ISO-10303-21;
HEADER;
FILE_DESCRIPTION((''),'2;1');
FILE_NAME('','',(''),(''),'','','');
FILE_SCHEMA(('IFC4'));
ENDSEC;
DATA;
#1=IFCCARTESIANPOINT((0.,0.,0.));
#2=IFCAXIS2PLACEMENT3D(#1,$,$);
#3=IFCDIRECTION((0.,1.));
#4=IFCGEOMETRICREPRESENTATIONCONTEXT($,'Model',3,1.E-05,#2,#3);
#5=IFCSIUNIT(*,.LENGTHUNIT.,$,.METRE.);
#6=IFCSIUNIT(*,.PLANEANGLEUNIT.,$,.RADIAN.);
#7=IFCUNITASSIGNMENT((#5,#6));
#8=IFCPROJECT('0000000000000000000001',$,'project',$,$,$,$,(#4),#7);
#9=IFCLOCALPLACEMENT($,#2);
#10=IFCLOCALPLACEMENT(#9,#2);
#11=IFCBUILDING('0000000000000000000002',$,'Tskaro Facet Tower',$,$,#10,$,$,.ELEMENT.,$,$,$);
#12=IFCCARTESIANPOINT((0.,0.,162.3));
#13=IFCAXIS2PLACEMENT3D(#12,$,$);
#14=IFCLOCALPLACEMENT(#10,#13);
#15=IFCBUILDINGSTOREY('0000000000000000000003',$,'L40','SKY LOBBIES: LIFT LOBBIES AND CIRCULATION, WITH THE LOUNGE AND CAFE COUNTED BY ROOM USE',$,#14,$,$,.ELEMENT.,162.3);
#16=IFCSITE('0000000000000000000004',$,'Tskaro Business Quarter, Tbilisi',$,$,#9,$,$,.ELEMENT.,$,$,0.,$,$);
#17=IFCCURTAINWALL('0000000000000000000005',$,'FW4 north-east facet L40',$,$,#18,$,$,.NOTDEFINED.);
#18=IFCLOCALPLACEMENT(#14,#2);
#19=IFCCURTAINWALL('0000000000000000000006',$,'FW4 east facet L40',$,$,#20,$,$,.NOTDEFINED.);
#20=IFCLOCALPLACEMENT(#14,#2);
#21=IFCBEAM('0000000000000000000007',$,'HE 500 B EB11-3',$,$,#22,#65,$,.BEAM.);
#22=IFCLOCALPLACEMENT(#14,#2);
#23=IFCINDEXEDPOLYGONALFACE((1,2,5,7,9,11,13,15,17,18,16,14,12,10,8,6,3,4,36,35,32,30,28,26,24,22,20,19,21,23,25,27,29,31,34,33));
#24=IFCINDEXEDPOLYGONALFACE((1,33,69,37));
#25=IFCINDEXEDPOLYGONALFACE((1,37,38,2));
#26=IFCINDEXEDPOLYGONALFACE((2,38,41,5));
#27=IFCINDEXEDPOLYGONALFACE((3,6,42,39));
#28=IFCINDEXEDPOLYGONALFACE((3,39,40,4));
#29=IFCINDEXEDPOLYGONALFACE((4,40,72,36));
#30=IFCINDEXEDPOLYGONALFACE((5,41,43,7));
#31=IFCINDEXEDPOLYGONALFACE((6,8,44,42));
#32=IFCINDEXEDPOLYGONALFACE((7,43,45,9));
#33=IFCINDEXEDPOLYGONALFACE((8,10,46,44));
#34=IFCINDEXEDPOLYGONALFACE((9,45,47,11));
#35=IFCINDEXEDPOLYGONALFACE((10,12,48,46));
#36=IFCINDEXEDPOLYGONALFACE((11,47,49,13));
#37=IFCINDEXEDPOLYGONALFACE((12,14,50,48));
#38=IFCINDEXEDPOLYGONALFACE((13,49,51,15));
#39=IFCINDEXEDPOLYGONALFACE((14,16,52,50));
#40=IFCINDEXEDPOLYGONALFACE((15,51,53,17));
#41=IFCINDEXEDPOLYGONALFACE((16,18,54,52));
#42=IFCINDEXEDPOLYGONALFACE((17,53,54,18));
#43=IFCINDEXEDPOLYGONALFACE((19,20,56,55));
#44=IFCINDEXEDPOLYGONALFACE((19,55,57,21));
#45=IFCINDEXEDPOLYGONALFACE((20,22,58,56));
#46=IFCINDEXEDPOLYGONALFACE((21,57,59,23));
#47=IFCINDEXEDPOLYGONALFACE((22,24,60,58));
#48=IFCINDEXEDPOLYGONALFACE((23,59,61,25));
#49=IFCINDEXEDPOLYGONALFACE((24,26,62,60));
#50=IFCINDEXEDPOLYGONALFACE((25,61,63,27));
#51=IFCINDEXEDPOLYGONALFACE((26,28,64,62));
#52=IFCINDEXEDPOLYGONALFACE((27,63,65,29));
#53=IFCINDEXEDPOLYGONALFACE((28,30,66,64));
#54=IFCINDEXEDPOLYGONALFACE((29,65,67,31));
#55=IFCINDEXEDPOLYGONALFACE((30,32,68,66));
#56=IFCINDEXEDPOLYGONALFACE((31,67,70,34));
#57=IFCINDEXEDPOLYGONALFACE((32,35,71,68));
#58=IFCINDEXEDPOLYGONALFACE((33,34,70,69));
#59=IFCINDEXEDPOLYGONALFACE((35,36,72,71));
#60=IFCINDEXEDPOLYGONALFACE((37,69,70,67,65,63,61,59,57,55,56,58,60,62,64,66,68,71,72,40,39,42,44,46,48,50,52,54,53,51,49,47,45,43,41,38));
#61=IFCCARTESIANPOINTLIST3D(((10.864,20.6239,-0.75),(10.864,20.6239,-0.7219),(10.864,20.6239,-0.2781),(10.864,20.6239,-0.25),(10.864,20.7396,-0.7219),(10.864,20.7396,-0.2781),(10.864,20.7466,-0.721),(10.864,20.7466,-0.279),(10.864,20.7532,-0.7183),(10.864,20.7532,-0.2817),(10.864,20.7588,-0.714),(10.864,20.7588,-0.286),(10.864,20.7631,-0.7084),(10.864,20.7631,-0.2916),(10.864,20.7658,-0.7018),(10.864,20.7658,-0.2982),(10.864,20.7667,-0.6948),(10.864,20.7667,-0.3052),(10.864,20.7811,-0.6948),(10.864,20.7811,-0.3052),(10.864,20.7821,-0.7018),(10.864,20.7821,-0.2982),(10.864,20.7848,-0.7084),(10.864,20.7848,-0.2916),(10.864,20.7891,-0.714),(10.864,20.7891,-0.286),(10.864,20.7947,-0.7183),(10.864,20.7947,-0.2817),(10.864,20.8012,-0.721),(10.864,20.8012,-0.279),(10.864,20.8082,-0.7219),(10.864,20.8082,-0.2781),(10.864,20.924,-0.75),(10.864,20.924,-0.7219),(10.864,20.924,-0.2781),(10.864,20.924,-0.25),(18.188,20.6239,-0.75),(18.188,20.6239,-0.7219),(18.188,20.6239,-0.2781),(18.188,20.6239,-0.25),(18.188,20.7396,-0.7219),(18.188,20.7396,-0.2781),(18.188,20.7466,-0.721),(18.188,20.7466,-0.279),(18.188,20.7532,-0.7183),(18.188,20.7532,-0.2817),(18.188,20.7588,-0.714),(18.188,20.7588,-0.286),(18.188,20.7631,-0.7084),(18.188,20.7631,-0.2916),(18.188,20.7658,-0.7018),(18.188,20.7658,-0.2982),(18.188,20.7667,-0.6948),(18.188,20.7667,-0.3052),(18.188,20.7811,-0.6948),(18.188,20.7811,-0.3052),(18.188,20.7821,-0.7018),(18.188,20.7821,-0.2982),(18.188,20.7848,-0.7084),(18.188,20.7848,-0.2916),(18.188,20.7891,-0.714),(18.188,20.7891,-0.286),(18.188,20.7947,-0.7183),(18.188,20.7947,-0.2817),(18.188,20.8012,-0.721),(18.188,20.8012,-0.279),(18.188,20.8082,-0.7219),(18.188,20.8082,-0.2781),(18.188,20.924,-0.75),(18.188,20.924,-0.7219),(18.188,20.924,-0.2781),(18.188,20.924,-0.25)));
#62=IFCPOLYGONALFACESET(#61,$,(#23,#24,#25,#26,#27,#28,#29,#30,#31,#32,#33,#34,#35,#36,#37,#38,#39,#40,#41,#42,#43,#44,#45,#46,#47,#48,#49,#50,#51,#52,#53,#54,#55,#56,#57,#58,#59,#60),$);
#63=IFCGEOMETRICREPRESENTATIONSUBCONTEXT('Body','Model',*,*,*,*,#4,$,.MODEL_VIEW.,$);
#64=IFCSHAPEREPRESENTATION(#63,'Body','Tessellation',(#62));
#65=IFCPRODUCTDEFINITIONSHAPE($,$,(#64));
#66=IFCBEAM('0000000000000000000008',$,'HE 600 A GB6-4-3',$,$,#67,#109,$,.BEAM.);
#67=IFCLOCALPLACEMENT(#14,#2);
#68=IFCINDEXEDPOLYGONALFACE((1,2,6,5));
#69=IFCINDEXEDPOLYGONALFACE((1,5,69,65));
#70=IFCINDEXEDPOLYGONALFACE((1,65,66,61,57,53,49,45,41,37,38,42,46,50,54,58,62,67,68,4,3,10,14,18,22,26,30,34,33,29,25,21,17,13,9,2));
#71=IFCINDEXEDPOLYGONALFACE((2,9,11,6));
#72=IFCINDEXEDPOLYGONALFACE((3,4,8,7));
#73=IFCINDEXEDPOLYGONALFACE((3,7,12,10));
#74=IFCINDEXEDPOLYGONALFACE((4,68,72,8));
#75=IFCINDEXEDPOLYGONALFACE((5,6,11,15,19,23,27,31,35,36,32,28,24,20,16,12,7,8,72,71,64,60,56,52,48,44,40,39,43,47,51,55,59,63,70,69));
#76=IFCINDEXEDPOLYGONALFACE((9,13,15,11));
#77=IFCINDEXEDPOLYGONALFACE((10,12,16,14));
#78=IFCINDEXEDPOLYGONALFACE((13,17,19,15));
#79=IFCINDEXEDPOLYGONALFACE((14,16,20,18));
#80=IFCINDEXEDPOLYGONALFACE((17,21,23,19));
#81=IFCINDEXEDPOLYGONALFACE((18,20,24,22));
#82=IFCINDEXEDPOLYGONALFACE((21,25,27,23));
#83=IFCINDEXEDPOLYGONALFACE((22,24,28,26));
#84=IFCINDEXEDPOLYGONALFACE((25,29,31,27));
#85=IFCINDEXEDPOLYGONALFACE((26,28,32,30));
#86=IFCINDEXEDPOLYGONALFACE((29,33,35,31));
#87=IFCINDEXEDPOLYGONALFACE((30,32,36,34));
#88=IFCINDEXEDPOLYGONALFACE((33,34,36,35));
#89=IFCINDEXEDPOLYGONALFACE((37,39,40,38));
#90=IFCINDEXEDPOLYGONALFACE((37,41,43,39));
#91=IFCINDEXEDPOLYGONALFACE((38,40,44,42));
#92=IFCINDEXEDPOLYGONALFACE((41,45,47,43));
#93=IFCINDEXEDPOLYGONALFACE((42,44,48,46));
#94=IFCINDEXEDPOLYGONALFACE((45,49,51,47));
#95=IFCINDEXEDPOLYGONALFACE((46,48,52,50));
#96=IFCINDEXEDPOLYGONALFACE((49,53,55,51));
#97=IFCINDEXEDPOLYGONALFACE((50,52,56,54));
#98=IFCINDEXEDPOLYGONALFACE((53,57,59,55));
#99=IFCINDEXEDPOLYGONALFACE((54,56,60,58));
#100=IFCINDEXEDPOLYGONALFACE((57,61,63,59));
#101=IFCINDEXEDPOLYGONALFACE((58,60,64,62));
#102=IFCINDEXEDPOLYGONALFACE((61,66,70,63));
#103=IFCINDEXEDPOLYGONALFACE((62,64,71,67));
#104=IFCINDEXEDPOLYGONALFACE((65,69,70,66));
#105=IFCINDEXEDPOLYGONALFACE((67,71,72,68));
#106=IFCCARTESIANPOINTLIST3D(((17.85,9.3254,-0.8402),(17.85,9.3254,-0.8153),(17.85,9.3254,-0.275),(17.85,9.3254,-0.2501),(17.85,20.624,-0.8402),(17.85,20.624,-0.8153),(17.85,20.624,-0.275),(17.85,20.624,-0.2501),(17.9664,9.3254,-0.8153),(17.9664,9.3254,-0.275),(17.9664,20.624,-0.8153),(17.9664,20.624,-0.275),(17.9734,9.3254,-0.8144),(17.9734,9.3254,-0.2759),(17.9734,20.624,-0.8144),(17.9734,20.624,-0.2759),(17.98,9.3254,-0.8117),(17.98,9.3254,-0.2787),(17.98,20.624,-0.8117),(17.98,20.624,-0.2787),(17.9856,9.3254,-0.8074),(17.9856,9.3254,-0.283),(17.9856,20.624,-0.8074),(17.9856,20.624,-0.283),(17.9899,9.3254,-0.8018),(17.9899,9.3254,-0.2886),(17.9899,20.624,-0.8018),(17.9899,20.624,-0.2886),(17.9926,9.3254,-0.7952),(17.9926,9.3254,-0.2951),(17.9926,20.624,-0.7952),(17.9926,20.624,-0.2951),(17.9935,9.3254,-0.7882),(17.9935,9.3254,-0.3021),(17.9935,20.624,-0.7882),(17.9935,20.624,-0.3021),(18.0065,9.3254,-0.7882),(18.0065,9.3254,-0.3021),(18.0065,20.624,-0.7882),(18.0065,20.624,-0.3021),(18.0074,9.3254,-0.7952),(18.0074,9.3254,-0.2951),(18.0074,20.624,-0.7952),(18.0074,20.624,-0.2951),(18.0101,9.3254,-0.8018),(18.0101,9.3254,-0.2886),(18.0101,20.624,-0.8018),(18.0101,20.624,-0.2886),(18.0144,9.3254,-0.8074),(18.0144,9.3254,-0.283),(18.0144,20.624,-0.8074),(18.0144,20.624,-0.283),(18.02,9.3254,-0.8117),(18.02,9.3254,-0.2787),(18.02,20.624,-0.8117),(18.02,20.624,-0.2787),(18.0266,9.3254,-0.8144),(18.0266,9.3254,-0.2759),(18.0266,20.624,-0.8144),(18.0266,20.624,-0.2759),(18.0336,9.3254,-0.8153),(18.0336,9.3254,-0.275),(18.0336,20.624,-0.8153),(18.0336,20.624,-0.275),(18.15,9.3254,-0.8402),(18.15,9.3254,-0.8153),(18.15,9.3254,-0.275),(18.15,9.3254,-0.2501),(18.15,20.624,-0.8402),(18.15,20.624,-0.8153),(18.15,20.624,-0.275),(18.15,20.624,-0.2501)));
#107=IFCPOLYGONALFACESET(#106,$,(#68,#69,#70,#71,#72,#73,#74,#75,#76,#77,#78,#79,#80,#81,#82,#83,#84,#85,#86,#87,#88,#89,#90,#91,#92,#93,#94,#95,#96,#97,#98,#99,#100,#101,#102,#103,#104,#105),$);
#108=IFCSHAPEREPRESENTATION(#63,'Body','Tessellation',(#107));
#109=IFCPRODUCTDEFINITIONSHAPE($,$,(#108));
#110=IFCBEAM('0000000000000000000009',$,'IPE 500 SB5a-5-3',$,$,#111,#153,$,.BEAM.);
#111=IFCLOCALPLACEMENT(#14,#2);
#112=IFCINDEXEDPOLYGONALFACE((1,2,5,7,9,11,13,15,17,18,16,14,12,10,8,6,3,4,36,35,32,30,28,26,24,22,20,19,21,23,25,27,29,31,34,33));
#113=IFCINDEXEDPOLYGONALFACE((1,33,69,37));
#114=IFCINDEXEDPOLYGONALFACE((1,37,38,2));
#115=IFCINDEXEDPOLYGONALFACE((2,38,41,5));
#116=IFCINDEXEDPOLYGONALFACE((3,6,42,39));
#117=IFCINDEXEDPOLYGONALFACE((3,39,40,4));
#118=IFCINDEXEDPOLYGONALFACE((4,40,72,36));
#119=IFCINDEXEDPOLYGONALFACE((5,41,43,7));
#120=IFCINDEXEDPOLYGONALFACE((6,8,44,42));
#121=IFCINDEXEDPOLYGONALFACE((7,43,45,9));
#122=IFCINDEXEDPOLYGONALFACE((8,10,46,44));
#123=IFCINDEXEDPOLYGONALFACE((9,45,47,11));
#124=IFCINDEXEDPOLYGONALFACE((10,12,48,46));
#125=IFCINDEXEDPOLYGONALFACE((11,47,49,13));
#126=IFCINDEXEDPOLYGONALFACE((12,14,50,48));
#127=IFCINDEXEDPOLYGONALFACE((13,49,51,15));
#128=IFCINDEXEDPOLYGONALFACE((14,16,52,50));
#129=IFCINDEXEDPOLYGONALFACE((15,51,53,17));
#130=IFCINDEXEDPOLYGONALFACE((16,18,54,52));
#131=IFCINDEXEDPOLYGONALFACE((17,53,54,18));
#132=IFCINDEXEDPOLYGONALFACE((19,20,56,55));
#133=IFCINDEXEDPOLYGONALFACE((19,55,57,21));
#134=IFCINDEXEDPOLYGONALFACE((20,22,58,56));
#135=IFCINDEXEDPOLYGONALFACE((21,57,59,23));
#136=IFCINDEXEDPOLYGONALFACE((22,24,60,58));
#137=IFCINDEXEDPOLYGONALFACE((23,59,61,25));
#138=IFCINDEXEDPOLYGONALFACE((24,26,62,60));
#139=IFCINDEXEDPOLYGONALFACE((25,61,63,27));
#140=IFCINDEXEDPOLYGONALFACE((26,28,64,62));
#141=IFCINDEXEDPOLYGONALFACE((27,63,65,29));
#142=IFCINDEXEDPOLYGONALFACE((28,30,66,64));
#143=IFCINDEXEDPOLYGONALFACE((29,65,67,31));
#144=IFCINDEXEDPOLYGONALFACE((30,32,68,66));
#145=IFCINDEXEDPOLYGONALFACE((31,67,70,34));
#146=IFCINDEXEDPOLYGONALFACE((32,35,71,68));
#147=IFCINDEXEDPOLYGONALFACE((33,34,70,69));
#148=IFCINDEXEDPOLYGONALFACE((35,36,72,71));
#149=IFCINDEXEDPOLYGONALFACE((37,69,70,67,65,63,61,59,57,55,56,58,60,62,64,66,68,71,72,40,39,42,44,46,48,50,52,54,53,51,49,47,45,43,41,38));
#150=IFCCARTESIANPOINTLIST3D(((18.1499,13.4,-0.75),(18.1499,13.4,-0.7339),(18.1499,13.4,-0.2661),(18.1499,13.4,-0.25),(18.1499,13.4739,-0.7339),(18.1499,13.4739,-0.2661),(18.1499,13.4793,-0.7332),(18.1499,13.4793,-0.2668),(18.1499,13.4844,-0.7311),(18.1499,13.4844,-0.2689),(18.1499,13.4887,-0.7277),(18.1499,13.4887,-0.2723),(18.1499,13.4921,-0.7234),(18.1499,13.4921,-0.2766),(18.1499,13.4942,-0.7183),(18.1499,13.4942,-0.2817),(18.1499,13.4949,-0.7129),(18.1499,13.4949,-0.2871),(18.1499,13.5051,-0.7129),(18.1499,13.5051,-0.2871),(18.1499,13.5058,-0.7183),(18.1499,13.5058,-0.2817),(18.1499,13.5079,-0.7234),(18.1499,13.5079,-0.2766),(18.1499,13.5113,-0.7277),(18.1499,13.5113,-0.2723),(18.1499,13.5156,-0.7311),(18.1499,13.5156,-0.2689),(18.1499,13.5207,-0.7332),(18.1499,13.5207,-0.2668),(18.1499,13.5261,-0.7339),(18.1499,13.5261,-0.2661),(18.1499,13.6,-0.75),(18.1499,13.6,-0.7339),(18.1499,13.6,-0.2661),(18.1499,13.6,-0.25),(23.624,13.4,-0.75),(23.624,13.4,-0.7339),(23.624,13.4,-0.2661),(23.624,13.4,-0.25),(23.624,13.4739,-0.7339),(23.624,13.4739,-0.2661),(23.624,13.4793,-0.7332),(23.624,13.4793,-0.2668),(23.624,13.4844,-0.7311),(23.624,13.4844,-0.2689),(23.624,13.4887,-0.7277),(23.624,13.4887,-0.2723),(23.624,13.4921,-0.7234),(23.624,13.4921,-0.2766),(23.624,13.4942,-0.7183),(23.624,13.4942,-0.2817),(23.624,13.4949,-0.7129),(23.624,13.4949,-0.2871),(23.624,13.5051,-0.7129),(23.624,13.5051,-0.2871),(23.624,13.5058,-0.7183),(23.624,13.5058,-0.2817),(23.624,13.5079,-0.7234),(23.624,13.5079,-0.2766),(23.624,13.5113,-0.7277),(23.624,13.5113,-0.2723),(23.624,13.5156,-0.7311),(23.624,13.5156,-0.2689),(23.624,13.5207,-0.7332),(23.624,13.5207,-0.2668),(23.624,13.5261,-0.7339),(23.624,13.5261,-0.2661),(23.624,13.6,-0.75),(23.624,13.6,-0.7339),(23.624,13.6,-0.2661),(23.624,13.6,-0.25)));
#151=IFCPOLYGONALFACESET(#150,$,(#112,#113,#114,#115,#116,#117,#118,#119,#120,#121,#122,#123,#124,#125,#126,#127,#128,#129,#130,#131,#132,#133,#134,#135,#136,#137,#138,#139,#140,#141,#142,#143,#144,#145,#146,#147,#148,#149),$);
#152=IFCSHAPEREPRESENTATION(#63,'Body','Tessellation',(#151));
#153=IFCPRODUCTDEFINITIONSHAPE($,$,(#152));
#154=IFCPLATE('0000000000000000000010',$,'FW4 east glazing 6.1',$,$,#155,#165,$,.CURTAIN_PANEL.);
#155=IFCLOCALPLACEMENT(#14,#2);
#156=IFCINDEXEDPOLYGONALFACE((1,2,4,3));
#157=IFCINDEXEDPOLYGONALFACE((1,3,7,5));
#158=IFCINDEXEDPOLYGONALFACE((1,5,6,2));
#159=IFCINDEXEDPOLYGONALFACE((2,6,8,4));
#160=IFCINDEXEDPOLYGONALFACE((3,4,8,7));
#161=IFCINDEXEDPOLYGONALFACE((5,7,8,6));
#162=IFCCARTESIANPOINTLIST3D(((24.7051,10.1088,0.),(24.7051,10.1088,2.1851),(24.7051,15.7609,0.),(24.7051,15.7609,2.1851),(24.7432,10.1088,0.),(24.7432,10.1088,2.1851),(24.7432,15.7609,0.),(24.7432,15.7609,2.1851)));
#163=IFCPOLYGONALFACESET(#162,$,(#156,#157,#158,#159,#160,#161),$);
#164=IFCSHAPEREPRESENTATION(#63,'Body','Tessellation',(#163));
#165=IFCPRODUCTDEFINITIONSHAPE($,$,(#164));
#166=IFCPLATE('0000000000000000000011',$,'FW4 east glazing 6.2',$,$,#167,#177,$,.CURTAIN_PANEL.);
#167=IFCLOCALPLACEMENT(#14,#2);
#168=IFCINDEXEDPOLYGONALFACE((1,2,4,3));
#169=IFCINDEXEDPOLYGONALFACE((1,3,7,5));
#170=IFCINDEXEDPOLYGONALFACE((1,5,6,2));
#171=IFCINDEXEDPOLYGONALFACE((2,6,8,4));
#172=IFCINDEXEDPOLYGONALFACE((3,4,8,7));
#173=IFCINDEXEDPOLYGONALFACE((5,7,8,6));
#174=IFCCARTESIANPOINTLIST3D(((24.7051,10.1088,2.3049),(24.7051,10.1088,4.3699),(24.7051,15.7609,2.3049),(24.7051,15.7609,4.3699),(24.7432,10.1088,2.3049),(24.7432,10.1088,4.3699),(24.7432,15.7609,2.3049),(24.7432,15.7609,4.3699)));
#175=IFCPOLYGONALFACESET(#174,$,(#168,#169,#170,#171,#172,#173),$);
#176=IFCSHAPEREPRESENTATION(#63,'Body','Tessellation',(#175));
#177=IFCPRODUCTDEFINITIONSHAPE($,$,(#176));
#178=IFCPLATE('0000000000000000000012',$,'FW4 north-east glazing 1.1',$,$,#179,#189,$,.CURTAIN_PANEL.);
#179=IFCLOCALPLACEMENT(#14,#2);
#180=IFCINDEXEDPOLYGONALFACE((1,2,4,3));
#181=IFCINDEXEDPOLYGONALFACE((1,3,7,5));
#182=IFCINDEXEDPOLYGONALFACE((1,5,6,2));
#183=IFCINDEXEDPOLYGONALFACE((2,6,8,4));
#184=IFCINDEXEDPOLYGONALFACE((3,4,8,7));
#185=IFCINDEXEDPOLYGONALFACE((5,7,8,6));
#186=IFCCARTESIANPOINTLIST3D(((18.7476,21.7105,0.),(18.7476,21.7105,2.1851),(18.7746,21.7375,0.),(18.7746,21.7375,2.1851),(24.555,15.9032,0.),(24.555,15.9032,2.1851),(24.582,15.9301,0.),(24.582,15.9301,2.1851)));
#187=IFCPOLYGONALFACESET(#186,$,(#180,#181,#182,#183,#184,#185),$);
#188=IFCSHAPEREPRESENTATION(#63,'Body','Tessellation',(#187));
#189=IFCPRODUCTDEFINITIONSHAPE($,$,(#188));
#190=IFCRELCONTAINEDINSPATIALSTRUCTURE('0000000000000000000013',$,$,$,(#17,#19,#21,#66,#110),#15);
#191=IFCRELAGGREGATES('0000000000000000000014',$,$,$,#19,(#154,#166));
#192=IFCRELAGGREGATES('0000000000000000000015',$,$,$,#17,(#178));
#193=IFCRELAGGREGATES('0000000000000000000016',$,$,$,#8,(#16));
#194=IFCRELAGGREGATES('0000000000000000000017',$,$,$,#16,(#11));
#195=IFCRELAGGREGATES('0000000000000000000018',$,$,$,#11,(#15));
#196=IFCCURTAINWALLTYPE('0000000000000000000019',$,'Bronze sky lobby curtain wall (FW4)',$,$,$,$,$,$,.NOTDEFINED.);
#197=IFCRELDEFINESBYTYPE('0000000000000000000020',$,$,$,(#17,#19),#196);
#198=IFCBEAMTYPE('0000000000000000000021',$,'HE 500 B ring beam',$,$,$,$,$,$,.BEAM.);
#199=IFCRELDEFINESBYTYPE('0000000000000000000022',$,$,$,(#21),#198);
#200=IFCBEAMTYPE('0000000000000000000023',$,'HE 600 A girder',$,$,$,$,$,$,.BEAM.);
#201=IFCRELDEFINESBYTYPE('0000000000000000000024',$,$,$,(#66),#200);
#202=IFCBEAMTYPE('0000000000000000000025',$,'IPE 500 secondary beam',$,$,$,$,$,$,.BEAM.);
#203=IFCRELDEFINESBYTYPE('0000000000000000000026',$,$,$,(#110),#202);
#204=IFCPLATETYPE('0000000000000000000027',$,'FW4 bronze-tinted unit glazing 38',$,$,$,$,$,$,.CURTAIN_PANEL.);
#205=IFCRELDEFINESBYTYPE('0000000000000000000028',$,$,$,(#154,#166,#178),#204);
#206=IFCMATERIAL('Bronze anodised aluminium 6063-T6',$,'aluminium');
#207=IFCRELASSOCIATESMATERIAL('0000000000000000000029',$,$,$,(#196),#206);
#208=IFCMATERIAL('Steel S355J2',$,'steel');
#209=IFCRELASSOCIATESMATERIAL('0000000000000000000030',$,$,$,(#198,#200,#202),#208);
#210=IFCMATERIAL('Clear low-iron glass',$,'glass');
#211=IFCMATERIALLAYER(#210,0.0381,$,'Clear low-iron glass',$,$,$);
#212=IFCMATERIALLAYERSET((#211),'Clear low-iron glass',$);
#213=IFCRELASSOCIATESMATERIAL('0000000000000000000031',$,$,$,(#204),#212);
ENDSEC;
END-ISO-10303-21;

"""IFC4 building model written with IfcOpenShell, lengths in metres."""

from ifc_helpers import new_model, si_unit, direction, frame, origin, origin_2d, place, context, subcontext, project, spatial, rectangle, i_section, extrude, material, layer, layer_set, material_profile, profile_set, type_object, element, aggregate, save


model = new_model("IFC4")

# Units and contexts
model_context = context("Model", 3, precision=1e-05, world=origin(), true_north=direction((0.0, 1.0)))
body_context = subcontext(model_context, "Body", "Model", "MODEL_VIEW")
ifc_project = project(units=[si_unit("LENGTHUNIT", "METRE"), si_unit("PLANEANGLEUNIT", "RADIAN")], contexts=[model_context])

# Site, building, storey
site_placement = place(None, origin())
site = spatial("IfcSite", under=ifc_project, at=site_placement, Name="Tskaro Business Quarter, Tbilisi", CompositionType="ELEMENT", RefElevation=0.0)
building_placement = place(site_placement, origin())
building = spatial("IfcBuilding", under=site, at=building_placement, Name="Tskaro Facet Tower", CompositionType="ELEMENT")
storey_placement = place(building_placement, frame((0.0, 0.0, 162.3)))
storey = spatial("IfcBuildingStorey", under=building, at=storey_placement, Name="L40", Description="SKY LOBBIES: LIFT LOBBIES AND CIRCULATION, WITH THE LOUNGE AND CAFE COUNTED BY ROOM USE", CompositionType="ELEMENT", Elevation=162.3)

# Curtain walls
ifc_material_1 = material(Name="Bronze anodised aluminium 6063-T6", Category="aluminium")
curtain_wall_type = type_object("IfcCurtainWallType", Name="Bronze sky lobby curtain wall (FW4)", PredefinedType="NOTDEFINED", material=ifc_material_1)
curtain_wall_1_placement = place(storey_placement, origin())
curtain_wall_1 = element("IfcCurtainWall", 1, at=curtain_wall_1_placement, inside=storey, type_object=curtain_wall_type, Name="FW4 north-east facet L40", PredefinedType="NOTDEFINED")
curtain_wall_2_placement = place(storey_placement, origin())
curtain_wall_2 = element("IfcCurtainWall", 2, at=curtain_wall_2_placement, inside=storey, type_object=curtain_wall_type, Name="FW4 east facet L40", PredefinedType="NOTDEFINED")

# Beams
ifc_material_2 = material(Name="Steel S355J2", Category="steel")
ifc_material_profile_1 = material_profile(ifc_material_2, i_section(OverallWidth=0.3, OverallDepth=0.5, WebThickness=0.0144, FlangeThickness=0.0281, FilletRadius=0.0271, at=origin_2d()), Name="HE 500 B")
ifc_profile_set_1 = profile_set([ifc_material_profile_1], Name="Steel S355J2")
beam_type_1 = type_object("IfcBeamType", Name="HE 500 B ring beam", PredefinedType="BEAM", material=ifc_profile_set_1)
beam_1_placement = place(storey_placement, frame((18.188, 20.7739, -0.5), z_axis=(-1.0, 0.0, 0.0), x_axis=(0.0, -1.0, 0.0)))
element("IfcBeam", 3, at=beam_1_placement, inside=storey, type_object=beam_type_1, Name="HE 500 B EB11-3", PredefinedType="BEAM", context=body_context, shape_type="SweptSolid", body=[
    extrude(i_section(OverallWidth=0.3, OverallDepth=0.5, WebThickness=0.0144, FlangeThickness=0.0281, FilletRadius=0.0271, at=origin_2d()), origin(), (0.0, 0.0, 1.0), 7.324),
])
ifc_material_profile_2 = material_profile(ifc_material_2, i_section(OverallWidth=0.3, OverallDepth=0.5901, WebThickness=0.0129, FlangeThickness=0.0249, FilletRadius=0.0271, at=origin_2d()), Name="HE 600 A")
ifc_profile_set_2 = profile_set([ifc_material_profile_2], Name="Steel S355J2")
beam_type_2 = type_object("IfcBeamType", Name="HE 600 A girder", PredefinedType="BEAM", material=ifc_profile_set_2)
beam_2_placement = place(storey_placement, frame((18.0, 9.3254, -0.5452), z_axis=(0.0, 1.0, 0.0), x_axis=(-1.0, 0.0, 0.0)))
element("IfcBeam", 4, at=beam_2_placement, inside=storey, type_object=beam_type_2, Name="HE 600 A GB6-4-3", PredefinedType="BEAM", context=body_context, shape_type="SweptSolid", body=[
    extrude(i_section(OverallWidth=0.3, OverallDepth=0.5901, WebThickness=0.0129, FlangeThickness=0.0249, FilletRadius=0.0271, at=origin_2d()), origin(), (0.0, 0.0, 1.0), 11.2986),
])
ifc_material_profile_3 = material_profile(ifc_material_2, i_section(OverallWidth=0.2, OverallDepth=0.5, WebThickness=0.0103, FlangeThickness=0.0161, FilletRadius=0.021, at=origin_2d()), Name="IPE 500")
ifc_profile_set_3 = profile_set([ifc_material_profile_3], Name="Steel S355J2")
beam_type_3 = type_object("IfcBeamType", Name="IPE 500 secondary beam", PredefinedType="BEAM", material=ifc_profile_set_3)
beam_3_placement = place(storey_placement, frame((18.1499, 13.5, -0.5), z_axis=(1.0, 0.0, 0.0), x_axis=(0.0, 1.0, 0.0)))
element("IfcBeam", 5, at=beam_3_placement, inside=storey, type_object=beam_type_3, Name="IPE 500 SB5a-5-3", PredefinedType="BEAM", context=body_context, shape_type="SweptSolid", body=[
    extrude(i_section(OverallWidth=0.2, OverallDepth=0.5, WebThickness=0.0103, FlangeThickness=0.0161, FilletRadius=0.021, at=origin_2d()), origin(), (0.0, 0.0, 1.0), 5.4741),
])

# Plates
ifc_material_3 = material(Name="Clear low-iron glass", Category="glass")
ifc_layer = layer(ifc_material_3, 0.0381, Name="Clear low-iron glass")
ifc_layer_set = layer_set([ifc_layer], Name="Clear low-iron glass")
plate_type = type_object("IfcPlateType", Name="FW4 bronze-tinted unit glazing 38", PredefinedType="CURTAIN_PANEL", material=ifc_layer_set)
plate_1_placement = place(storey_placement, frame((24.7241, 12.9348, 0.0), z_axis=(0.0, 0.0, 1.0), x_axis=(0.0, 1.0, 0.0)))
plate_1 = element("IfcPlate", 6, at=plate_1_placement, type_object=plate_type, Name="FW4 east glazing 6.1", PredefinedType="CURTAIN_PANEL", context=body_context, shape_type="SweptSolid", body=[
    extrude(rectangle(XDim=5.6521, YDim=0.0381, at=origin_2d()), origin(), (0.0, 0.0, 1.0), 2.1851),
])
plate_2_placement = place(storey_placement, frame((24.7241, 12.9348, 2.3049), z_axis=(0.0, 0.0, 1.0), x_axis=(0.0, 1.0, 0.0)))
plate_2 = element("IfcPlate", 7, at=plate_2_placement, type_object=plate_type, Name="FW4 east glazing 6.2", PredefinedType="CURTAIN_PANEL", context=body_context, shape_type="SweptSolid", body=[
    extrude(rectangle(XDim=5.6521, YDim=0.0381, at=origin_2d()), origin(), (0.0, 0.0, 1.0), 2.0649),
])
aggregate(curtain_wall_2, [plate_1, plate_2])
plate_3_placement = place(storey_placement, frame((21.6648, 18.8203, 0.0), z_axis=(0.0, 0.0, 1.0), x_axis=(-0.707107, 0.707107, 0.0)))
plate_3 = element("IfcPlate", 8, at=plate_3_placement, type_object=plate_type, Name="FW4 north-east glazing 1.1", PredefinedType="CURTAIN_PANEL", context=body_context, shape_type="SweptSolid", body=[
    extrude(rectangle(XDim=8.2129, YDim=0.0381, at=origin_2d()), origin(), (0.0, 0.0, 1.0), 2.1851),
])
aggregate(curtain_wall_1, [plate_3])

save(model, "model.ifc")
